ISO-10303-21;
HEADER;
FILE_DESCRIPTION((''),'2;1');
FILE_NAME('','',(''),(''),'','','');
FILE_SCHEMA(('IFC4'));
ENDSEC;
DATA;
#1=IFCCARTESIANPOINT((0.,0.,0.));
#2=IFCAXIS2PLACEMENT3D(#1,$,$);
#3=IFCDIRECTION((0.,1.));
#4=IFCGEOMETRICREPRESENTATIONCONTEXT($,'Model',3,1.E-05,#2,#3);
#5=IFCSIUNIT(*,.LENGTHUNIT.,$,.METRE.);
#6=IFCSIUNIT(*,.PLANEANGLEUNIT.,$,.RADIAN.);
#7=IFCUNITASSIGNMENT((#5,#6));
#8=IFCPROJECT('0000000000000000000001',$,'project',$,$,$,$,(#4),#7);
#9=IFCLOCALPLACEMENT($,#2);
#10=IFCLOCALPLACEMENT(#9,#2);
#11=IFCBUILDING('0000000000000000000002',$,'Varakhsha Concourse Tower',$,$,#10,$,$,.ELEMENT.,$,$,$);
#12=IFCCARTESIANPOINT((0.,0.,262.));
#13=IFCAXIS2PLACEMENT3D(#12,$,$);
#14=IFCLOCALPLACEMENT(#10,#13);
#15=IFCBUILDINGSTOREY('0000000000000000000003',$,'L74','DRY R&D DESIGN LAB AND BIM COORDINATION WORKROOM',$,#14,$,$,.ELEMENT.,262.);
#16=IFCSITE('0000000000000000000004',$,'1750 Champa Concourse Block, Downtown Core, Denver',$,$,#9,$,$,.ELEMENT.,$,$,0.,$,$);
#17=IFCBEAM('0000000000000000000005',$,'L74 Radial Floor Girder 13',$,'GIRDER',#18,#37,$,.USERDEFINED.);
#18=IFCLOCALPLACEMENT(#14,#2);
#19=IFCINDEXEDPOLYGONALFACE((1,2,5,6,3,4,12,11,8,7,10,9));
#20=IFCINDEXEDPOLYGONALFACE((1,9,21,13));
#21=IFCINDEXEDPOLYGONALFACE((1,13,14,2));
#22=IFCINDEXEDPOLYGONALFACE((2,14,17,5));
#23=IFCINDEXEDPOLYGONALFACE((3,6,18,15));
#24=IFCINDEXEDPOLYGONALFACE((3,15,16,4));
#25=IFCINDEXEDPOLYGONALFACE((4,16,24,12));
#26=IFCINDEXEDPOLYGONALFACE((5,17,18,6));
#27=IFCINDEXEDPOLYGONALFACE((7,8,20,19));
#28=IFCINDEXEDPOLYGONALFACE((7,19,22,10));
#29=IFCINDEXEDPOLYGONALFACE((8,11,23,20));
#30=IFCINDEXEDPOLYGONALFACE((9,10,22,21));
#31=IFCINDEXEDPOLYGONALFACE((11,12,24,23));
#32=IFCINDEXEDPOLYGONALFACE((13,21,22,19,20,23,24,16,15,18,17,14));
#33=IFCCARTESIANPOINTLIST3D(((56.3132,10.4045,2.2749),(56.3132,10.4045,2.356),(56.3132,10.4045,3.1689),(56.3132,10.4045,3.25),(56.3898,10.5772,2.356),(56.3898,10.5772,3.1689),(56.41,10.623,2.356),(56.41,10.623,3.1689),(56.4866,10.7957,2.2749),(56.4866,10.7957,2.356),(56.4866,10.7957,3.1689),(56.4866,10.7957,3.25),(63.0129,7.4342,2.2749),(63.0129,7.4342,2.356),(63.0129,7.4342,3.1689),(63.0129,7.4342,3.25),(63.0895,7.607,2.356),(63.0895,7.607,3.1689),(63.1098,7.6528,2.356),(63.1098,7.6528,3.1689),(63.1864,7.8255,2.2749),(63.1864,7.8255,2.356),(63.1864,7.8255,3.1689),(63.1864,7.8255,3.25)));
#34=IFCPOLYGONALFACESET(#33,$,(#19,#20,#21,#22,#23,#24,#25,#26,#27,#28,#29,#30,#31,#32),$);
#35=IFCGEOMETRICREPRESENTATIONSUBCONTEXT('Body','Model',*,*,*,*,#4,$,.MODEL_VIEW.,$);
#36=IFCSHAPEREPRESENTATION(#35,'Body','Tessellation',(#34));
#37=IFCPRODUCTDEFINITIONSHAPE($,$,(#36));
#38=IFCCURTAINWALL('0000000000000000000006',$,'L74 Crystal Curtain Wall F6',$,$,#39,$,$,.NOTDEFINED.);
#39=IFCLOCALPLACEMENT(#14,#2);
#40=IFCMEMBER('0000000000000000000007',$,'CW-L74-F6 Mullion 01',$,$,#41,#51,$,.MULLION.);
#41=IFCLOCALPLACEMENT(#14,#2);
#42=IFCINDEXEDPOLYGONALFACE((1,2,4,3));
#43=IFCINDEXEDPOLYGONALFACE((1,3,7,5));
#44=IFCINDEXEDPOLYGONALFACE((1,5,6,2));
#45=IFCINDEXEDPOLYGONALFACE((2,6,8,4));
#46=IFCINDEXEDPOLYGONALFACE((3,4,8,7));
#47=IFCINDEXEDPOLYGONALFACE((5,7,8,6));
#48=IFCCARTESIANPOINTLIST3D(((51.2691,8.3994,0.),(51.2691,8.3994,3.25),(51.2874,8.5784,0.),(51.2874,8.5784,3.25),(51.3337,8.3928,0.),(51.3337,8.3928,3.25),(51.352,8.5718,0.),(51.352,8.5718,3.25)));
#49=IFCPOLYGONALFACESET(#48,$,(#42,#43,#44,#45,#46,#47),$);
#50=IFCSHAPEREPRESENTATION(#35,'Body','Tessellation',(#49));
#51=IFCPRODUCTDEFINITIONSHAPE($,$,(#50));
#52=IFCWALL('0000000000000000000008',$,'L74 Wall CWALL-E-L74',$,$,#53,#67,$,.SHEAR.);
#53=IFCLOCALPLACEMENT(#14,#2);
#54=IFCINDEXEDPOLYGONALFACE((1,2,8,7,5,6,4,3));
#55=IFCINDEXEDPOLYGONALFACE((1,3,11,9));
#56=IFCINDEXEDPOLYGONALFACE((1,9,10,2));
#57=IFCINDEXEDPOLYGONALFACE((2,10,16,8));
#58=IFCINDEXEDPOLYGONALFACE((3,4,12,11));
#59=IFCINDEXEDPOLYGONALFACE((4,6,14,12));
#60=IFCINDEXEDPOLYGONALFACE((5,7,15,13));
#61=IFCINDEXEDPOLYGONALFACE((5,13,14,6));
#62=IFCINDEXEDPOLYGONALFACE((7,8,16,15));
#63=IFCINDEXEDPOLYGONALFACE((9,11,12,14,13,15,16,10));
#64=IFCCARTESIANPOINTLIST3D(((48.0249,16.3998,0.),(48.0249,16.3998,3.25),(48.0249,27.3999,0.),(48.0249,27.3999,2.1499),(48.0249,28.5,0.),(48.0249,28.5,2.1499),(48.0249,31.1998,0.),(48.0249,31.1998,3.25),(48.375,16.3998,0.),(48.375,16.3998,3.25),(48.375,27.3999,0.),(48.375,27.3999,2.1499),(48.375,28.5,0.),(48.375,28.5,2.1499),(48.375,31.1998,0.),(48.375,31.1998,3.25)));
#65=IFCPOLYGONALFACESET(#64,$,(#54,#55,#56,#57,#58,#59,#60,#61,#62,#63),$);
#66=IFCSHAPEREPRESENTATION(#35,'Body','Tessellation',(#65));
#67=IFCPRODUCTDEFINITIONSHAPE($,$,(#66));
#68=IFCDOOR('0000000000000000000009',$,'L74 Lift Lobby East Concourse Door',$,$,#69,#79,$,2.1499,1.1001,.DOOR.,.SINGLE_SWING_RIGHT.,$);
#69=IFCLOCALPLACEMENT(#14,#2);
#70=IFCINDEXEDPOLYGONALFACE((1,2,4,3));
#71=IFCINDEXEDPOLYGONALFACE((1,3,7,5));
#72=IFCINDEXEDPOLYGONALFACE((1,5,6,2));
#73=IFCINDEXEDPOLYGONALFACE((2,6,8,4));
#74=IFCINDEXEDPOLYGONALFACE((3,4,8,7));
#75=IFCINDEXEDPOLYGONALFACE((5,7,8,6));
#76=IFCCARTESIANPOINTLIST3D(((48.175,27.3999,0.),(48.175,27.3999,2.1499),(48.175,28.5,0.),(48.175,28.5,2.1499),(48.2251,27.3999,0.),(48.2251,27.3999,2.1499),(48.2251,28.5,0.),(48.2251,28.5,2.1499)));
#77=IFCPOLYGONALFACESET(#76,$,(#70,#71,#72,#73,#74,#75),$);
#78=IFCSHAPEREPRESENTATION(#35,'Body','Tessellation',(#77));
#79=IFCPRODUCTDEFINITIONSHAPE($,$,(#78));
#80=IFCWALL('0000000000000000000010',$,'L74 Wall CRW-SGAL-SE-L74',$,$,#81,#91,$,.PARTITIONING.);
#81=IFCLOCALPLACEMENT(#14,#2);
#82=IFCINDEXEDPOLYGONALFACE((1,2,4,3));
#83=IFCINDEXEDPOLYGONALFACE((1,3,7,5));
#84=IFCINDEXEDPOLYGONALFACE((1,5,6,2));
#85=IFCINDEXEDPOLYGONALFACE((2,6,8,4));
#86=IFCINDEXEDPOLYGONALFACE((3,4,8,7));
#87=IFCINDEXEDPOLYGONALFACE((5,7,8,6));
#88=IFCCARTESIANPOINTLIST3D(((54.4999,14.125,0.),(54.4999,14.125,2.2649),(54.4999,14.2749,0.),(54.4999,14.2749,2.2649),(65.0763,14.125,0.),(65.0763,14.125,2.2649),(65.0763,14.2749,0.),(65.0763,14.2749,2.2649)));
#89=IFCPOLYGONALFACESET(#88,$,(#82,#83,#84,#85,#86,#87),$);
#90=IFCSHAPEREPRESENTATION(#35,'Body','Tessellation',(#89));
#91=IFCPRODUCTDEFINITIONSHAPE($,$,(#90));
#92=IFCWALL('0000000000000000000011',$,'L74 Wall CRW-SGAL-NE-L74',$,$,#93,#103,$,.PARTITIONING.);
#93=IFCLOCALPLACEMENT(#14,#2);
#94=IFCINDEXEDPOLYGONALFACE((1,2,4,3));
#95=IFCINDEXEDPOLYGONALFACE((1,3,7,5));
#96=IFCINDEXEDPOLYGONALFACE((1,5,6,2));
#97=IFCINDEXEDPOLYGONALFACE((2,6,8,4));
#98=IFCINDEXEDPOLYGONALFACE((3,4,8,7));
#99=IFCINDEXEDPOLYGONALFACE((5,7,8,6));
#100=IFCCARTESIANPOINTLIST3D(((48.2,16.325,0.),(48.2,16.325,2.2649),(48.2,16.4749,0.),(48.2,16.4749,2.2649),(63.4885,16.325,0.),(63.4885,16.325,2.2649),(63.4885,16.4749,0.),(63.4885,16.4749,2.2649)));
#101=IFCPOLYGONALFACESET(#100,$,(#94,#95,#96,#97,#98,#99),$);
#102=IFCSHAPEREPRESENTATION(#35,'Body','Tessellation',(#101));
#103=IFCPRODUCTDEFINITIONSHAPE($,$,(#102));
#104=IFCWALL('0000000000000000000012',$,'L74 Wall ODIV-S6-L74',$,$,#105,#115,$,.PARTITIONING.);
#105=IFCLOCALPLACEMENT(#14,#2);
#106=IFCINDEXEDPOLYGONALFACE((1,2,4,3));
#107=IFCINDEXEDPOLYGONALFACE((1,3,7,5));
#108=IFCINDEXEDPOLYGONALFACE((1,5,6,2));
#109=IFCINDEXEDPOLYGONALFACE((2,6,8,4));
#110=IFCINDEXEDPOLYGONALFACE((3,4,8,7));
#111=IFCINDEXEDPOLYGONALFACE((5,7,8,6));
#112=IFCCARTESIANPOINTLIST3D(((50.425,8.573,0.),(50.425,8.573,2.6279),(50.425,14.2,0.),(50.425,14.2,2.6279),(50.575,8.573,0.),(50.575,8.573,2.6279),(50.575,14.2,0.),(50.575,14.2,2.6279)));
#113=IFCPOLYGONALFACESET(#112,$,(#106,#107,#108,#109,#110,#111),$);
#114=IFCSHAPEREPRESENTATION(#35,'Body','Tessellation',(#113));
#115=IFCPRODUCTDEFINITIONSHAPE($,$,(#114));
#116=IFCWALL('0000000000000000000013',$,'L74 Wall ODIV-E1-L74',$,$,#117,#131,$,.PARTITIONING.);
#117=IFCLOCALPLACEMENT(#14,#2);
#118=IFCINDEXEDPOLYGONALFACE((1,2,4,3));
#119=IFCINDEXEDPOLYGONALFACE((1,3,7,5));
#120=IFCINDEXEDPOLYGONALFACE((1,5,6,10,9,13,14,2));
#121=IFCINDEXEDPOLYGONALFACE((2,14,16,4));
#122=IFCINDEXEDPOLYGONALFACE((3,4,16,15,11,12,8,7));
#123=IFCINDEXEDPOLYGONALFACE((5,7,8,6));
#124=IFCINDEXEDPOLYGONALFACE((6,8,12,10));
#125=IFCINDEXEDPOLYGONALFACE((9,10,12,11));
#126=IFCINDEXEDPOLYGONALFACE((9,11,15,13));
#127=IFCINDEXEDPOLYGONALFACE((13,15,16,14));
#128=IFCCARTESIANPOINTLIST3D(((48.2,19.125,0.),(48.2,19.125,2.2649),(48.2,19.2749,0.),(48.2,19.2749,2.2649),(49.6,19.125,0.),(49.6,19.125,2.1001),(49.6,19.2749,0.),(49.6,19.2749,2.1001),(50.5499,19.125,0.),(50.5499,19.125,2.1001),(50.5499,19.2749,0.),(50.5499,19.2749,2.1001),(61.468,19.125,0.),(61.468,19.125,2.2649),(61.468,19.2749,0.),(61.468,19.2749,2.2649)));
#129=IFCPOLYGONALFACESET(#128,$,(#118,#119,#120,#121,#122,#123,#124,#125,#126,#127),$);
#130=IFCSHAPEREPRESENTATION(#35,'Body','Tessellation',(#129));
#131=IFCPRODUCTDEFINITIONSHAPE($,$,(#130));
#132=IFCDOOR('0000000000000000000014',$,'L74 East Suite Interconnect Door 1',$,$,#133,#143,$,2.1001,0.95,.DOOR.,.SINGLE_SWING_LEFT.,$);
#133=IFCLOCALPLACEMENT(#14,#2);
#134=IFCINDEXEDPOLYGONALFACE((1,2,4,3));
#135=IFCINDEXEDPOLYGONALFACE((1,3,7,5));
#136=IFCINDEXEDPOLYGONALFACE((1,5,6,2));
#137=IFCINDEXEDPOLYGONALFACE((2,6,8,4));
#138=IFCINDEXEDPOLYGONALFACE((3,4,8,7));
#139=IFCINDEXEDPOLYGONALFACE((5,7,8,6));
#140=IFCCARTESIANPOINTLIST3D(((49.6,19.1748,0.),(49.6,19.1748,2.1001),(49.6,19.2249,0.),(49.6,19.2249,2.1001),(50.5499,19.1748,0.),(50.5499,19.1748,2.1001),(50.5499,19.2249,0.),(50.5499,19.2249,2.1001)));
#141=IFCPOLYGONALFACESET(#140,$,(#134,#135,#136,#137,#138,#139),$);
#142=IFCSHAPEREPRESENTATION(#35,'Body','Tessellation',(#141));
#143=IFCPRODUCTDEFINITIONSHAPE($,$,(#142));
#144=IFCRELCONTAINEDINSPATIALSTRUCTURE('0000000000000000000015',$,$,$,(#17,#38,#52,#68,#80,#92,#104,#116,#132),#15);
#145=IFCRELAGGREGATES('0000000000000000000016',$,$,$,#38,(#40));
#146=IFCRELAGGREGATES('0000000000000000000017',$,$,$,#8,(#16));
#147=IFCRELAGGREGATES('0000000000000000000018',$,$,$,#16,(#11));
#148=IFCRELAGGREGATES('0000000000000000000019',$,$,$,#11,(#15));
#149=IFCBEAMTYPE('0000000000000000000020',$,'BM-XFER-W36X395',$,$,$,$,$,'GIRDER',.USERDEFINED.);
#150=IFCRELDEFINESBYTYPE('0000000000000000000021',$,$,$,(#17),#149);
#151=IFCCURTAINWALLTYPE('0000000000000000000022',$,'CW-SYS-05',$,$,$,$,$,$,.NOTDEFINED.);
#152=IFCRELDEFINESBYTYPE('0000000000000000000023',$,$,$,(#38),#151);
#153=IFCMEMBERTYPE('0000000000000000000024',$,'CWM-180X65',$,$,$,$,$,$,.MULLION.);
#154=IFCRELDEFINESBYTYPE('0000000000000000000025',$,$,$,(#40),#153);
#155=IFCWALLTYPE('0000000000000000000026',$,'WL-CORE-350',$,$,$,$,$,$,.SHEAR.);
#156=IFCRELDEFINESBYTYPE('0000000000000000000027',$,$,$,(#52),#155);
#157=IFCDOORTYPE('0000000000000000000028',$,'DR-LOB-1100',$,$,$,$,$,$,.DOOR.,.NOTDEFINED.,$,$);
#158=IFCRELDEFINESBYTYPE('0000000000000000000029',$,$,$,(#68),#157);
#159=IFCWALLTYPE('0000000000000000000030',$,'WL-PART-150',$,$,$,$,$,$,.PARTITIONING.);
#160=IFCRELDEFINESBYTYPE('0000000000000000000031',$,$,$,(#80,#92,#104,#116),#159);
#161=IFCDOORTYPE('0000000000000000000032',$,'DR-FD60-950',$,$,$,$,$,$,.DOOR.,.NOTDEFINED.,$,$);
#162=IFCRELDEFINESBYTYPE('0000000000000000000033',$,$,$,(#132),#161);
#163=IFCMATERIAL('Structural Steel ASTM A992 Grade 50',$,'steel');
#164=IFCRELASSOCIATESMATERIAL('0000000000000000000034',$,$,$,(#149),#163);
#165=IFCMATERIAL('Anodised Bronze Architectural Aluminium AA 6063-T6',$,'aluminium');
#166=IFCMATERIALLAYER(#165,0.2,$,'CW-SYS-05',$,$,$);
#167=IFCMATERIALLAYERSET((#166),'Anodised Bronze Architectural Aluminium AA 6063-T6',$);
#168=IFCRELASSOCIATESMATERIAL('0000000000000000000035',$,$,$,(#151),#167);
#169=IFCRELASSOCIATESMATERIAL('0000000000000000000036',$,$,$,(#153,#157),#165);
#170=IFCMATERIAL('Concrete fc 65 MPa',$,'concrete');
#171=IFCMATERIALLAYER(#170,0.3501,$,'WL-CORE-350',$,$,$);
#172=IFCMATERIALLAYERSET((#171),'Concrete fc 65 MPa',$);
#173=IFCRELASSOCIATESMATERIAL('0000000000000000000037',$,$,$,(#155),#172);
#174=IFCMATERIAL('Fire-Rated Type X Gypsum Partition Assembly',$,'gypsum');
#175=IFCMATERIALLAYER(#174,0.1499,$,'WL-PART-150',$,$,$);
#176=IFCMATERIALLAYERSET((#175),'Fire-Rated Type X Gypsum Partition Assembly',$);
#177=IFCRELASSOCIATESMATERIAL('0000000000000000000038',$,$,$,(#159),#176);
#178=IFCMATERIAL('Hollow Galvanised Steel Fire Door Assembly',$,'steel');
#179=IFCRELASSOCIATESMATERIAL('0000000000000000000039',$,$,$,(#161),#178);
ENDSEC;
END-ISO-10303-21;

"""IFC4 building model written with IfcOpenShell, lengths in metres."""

from ifc_helpers import new_model, si_unit, direction, frame, frame_2d, origin, origin_2d, place, context, subcontext, project, spatial, rectangle, i_section, extrude, source, transform, mapped, material, layer, layer_set, material_profile, profile_set, type_object, type_shapes, element, fill, aggregate, save


model = new_model("IFC4")

# Units and contexts
model_context = context("Model", 3, precision=1e-05, world=origin(), true_north=direction((0.0, 1.0)))
body_context = subcontext(model_context, "Body", "Model", "MODEL_VIEW")
ifc_project = project(units=[si_unit("LENGTHUNIT", "METRE"), si_unit("PLANEANGLEUNIT", "RADIAN")], contexts=[model_context])

# Site, building, storey
site_placement = place(None, origin())
site = spatial("IfcSite", under=ifc_project, at=site_placement, Name="1750 Champa Concourse Block, Downtown Core, Denver", CompositionType="ELEMENT", RefElevation=0.0)
building_placement = place(site_placement, origin())
building = spatial("IfcBuilding", under=site, at=building_placement, Name="Varakhsha Concourse Tower", CompositionType="ELEMENT")
storey_placement = place(building_placement, frame((0.0, 0.0, 262.0)))
storey = spatial("IfcBuildingStorey", under=building, at=storey_placement, Name="L74", Description="DRY R&D DESIGN LAB AND BIM COORDINATION WORKROOM", CompositionType="ELEMENT", Elevation=262.0)

# Shared definitions
ifc_material_1 = material(Name="Structural Steel ASTM A992 Grade 50", Category="steel")
ifc_material_2 = material(Name="Concrete fc 65 MPa", Category="concrete")

# Beam
ifc_material_profile_1 = material_profile(ifc_material_1, i_section(OverallWidth=0.428, OverallDepth=0.9751, WebThickness=0.05, FlangeThickness=0.0811, at=origin_2d()), Name="W36X395")
ifc_profile_set_1 = profile_set([ifc_material_profile_1], Name="Structural Steel ASTM A992 Grade 50")
beam_type_1 = type_object("IfcBeamType", Name="BM-XFER-W36X395", ElementType="GIRDER", PredefinedType="USERDEFINED", material=ifc_profile_set_1)
beam_1_placement = place(storey_placement, frame((56.3999, 10.6001, 2.7625), z_axis=(0.914188, -0.405291, 0.0), x_axis=(0.405291, 0.914188, 0.0)))
element("IfcBeam", 1, at=beam_1_placement, inside=storey, type_object=beam_type_1, Name="L74 Radial Floor Girder 13", ObjectType="GIRDER", PredefinedType="USERDEFINED", context=body_context, shape_type="SweptSolid", body=[
    extrude(i_section(OverallWidth=0.428, OverallDepth=0.9751, WebThickness=0.05, FlangeThickness=0.0811, at=origin_2d()), origin(), (0.0, 0.0, 1.0), 7.3286),
])

# Curtain wall, member
ifc_material_3 = material(Name="Anodised Bronze Architectural Aluminium AA 6063-T6", Category="aluminium")
ifc_layer_1 = layer(ifc_material_3, 0.2, Name="CW-SYS-05")
ifc_layer_set_1 = layer_set([ifc_layer_1], Name="Anodised Bronze Architectural Aluminium AA 6063-T6")
curtain_wall_type = type_object("IfcCurtainWallType", Name="CW-SYS-05", PredefinedType="NOTDEFINED", material=ifc_layer_set_1)
curtain_wall_placement = place(storey_placement, origin())
curtain_wall = element("IfcCurtainWall", 2, at=curtain_wall_placement, inside=storey, type_object=curtain_wall_type, Name="L74 Crystal Curtain Wall F6", PredefinedType="NOTDEFINED")
ifc_material_profile_2 = material_profile(ifc_material_3, rectangle(XDim=0.0649, YDim=0.1799, at=origin_2d()), Name="CWM-180X65")
ifc_profile_set_2 = profile_set([ifc_material_profile_2], Name="Anodised Bronze Architectural Aluminium AA 6063-T6")
member_type = type_object("IfcMemberType", Name="CWM-180X65", PredefinedType="MULLION", material=ifc_profile_set_2)
shared_shape = source(origin(), body_context, "Body", "SweptSolid", [
    extrude(rectangle(XDim=0.0649, YDim=0.1799, at=origin_2d()), origin(), (0.0, 0.0, 1.0), 3.25),
])
type_shapes(member_type, [shared_shape])
member_placement = place(storey_placement, frame((51.3105, 8.4856, 0.0), z_axis=(0.0, 0.0, 1.0), x_axis=(-0.994852, 0.101336, 0.0)))
member = element("IfcMember", 3, at=member_placement, type_object=member_type, Name="CW-L74-F6 Mullion 01", PredefinedType="MULLION", context=body_context, shape_type="MappedRepresentation", body=[
    mapped(shared_shape, transform((0.0, 0.0, 0.0), scale=1.0)),
])
aggregate(curtain_wall, [member])

# Wall, opening, door
ifc_layer_2 = layer(ifc_material_2, 0.3501, Name="WL-CORE-350")
ifc_layer_set_2 = layer_set([ifc_layer_2], Name="Concrete fc 65 MPa")
wall_type_1 = type_object("IfcWallType", Name="WL-CORE-350", PredefinedType="SHEAR", material=ifc_layer_set_2)
wall_1_placement = place(storey_placement, frame((48.2, 16.3999, 0.0), z_axis=(0.0, 0.0, 1.0), x_axis=(0.0, 1.0, 0.0)))
wall_1 = element("IfcWall", 4, at=wall_1_placement, inside=storey, type_object=wall_type_1, Name="L74 Wall CWALL-E-L74", PredefinedType="SHEAR", context=body_context, shape_type="SweptSolid", body=[
    extrude(rectangle(XDim=14.8, YDim=0.3501, at=frame_2d((7.3999, 0.0))), origin(), (0.0, 0.0, 1.0), 3.25),
])
opening_1_placement = place(wall_1_placement, frame((11.0, 0.0, 0.0)))
opening_1 = element("IfcOpeningElement", 5, at=opening_1_placement, cuts=wall_1, PredefinedType="OPENING", context=body_context, shape_type="SweptSolid", body=[
    extrude(rectangle(XDim=1.1001, YDim=2.1499, at=frame_2d((0.55, 1.075))), frame((0.0, 0.1851, 0.0), z_axis=(0.0, -1.0, 0.0), x_axis=(1.0, 0.0, 0.0)), (0.0, 0.0, 1.0), 0.3701),
])
door_type_1 = type_object("IfcDoorType", Name="DR-LOB-1100", OperationType="NOTDEFINED", PredefinedType="DOOR", material=ifc_material_3)
door_1_placement = place(opening_1_placement, origin())
door_1 = element("IfcDoor", 6, at=door_1_placement, inside=storey, type_object=door_type_1, Name="L74 Lift Lobby East Concourse Door", OperationType="SINGLE_SWING_RIGHT", OverallHeight=2.1499, OverallWidth=1.1001, PredefinedType="DOOR", context=body_context, shape_type="SweptSolid", body=[
    extrude(rectangle(XDim=1.1001, YDim=2.1499, at=frame_2d((0.55, 1.075))), frame((0.0, 0.0249, 0.0), z_axis=(0.0, -1.0, 0.0), x_axis=(1.0, 0.0, 0.0)), (0.0, 0.0, 1.0), 0.05),
])
fill(opening_1, door_1)

# Walls
ifc_material_4 = material(Name="Fire-Rated Type X Gypsum Partition Assembly", Category="gypsum")
ifc_layer_3 = layer(ifc_material_4, 0.1499, Name="WL-PART-150")
ifc_layer_set_3 = layer_set([ifc_layer_3], Name="Fire-Rated Type X Gypsum Partition Assembly")
wall_type_2 = type_object("IfcWallType", Name="WL-PART-150", PredefinedType="PARTITIONING", material=ifc_layer_set_3)
wall_2_placement = place(storey_placement, frame((54.5, 14.2, 0.0), z_axis=(0.0, 0.0, 1.0), x_axis=(1.0, 0.0, 0.0)))
element("IfcWall", 7, at=wall_2_placement, inside=storey, type_object=wall_type_2, Name="L74 Wall CRW-SGAL-SE-L74", PredefinedType="PARTITIONING", context=body_context, shape_type="SweptSolid", body=[
    extrude(rectangle(XDim=10.5764, YDim=0.1499, at=frame_2d((5.2881, 0.0))), origin(), (0.0, 0.0, 1.0), 2.2649),
])
wall_3_placement = place(storey_placement, frame((48.2, 16.3999, 0.0), z_axis=(0.0, 0.0, 1.0), x_axis=(1.0, 0.0, 0.0)))
element("IfcWall", 8, at=wall_3_placement, inside=storey, type_object=wall_type_2, Name="L74 Wall CRW-SGAL-NE-L74", PredefinedType="PARTITIONING", context=body_context, shape_type="SweptSolid", body=[
    extrude(rectangle(XDim=15.2886, YDim=0.1499, at=frame_2d((7.6443, 0.0))), origin(), (0.0, 0.0, 1.0), 2.2649),
])
wall_4_placement = place(storey_placement, frame((50.5, 8.573, 0.0), z_axis=(0.0, 0.0, 1.0), x_axis=(0.0, 1.0, 0.0)))
element("IfcWall", 9, at=wall_4_placement, inside=storey, type_object=wall_type_2, Name="L74 Wall ODIV-S6-L74", PredefinedType="PARTITIONING", context=body_context, shape_type="SweptSolid", body=[
    extrude(rectangle(XDim=5.627, YDim=0.1499, at=frame_2d((2.8135, 0.0))), origin(), (0.0, 0.0, 1.0), 2.6279),
])

# Wall, opening, door
wall_5_placement = place(storey_placement, frame((48.2, 19.2, 0.0), z_axis=(0.0, 0.0, 1.0), x_axis=(1.0, 0.0, 0.0)))
wall_5 = element("IfcWall", 10, at=wall_5_placement, inside=storey, type_object=wall_type_2, Name="L74 Wall ODIV-E1-L74", PredefinedType="PARTITIONING", context=body_context, shape_type="SweptSolid", body=[
    extrude(rectangle(XDim=13.2681, YDim=0.1499, at=frame_2d((6.634, 0.0))), origin(), (0.0, 0.0, 1.0), 2.2649),
])
opening_2_placement = place(wall_5_placement, frame((1.3999, 0.0, 0.0)))
opening_2 = element("IfcOpeningElement", 11, at=opening_2_placement, cuts=wall_5, PredefinedType="OPENING", context=body_context, shape_type="SweptSolid", body=[
    extrude(rectangle(XDim=0.95, YDim=2.1001, at=frame_2d((0.4751, 1.05))), frame((0.0, 0.085, 0.0), z_axis=(0.0, -1.0, 0.0), x_axis=(1.0, 0.0, 0.0)), (0.0, 0.0, 1.0), 0.1699),
])
ifc_material_5 = material(Name="Hollow Galvanised Steel Fire Door Assembly", Category="steel")
door_type_2 = type_object("IfcDoorType", Name="DR-FD60-950", OperationType="NOTDEFINED", PredefinedType="DOOR", material=ifc_material_5)
door_2_placement = place(opening_2_placement, origin())
door_2 = element("IfcDoor", 12, at=door_2_placement, inside=storey, type_object=door_type_2, Name="L74 East Suite Interconnect Door 1", OperationType="SINGLE_SWING_LEFT", OverallHeight=2.1001, OverallWidth=0.95, PredefinedType="DOOR", context=body_context, shape_type="SweptSolid", body=[
    extrude(rectangle(XDim=0.95, YDim=2.1001, at=frame_2d((0.4751, 1.05))), frame((0.0, 0.0249, 0.0), z_axis=(0.0, -1.0, 0.0), x_axis=(1.0, 0.0, 0.0)), (0.0, 0.0, 1.0), 0.05),
])
fill(opening_2, door_2)

save(model, "model.ifc")
